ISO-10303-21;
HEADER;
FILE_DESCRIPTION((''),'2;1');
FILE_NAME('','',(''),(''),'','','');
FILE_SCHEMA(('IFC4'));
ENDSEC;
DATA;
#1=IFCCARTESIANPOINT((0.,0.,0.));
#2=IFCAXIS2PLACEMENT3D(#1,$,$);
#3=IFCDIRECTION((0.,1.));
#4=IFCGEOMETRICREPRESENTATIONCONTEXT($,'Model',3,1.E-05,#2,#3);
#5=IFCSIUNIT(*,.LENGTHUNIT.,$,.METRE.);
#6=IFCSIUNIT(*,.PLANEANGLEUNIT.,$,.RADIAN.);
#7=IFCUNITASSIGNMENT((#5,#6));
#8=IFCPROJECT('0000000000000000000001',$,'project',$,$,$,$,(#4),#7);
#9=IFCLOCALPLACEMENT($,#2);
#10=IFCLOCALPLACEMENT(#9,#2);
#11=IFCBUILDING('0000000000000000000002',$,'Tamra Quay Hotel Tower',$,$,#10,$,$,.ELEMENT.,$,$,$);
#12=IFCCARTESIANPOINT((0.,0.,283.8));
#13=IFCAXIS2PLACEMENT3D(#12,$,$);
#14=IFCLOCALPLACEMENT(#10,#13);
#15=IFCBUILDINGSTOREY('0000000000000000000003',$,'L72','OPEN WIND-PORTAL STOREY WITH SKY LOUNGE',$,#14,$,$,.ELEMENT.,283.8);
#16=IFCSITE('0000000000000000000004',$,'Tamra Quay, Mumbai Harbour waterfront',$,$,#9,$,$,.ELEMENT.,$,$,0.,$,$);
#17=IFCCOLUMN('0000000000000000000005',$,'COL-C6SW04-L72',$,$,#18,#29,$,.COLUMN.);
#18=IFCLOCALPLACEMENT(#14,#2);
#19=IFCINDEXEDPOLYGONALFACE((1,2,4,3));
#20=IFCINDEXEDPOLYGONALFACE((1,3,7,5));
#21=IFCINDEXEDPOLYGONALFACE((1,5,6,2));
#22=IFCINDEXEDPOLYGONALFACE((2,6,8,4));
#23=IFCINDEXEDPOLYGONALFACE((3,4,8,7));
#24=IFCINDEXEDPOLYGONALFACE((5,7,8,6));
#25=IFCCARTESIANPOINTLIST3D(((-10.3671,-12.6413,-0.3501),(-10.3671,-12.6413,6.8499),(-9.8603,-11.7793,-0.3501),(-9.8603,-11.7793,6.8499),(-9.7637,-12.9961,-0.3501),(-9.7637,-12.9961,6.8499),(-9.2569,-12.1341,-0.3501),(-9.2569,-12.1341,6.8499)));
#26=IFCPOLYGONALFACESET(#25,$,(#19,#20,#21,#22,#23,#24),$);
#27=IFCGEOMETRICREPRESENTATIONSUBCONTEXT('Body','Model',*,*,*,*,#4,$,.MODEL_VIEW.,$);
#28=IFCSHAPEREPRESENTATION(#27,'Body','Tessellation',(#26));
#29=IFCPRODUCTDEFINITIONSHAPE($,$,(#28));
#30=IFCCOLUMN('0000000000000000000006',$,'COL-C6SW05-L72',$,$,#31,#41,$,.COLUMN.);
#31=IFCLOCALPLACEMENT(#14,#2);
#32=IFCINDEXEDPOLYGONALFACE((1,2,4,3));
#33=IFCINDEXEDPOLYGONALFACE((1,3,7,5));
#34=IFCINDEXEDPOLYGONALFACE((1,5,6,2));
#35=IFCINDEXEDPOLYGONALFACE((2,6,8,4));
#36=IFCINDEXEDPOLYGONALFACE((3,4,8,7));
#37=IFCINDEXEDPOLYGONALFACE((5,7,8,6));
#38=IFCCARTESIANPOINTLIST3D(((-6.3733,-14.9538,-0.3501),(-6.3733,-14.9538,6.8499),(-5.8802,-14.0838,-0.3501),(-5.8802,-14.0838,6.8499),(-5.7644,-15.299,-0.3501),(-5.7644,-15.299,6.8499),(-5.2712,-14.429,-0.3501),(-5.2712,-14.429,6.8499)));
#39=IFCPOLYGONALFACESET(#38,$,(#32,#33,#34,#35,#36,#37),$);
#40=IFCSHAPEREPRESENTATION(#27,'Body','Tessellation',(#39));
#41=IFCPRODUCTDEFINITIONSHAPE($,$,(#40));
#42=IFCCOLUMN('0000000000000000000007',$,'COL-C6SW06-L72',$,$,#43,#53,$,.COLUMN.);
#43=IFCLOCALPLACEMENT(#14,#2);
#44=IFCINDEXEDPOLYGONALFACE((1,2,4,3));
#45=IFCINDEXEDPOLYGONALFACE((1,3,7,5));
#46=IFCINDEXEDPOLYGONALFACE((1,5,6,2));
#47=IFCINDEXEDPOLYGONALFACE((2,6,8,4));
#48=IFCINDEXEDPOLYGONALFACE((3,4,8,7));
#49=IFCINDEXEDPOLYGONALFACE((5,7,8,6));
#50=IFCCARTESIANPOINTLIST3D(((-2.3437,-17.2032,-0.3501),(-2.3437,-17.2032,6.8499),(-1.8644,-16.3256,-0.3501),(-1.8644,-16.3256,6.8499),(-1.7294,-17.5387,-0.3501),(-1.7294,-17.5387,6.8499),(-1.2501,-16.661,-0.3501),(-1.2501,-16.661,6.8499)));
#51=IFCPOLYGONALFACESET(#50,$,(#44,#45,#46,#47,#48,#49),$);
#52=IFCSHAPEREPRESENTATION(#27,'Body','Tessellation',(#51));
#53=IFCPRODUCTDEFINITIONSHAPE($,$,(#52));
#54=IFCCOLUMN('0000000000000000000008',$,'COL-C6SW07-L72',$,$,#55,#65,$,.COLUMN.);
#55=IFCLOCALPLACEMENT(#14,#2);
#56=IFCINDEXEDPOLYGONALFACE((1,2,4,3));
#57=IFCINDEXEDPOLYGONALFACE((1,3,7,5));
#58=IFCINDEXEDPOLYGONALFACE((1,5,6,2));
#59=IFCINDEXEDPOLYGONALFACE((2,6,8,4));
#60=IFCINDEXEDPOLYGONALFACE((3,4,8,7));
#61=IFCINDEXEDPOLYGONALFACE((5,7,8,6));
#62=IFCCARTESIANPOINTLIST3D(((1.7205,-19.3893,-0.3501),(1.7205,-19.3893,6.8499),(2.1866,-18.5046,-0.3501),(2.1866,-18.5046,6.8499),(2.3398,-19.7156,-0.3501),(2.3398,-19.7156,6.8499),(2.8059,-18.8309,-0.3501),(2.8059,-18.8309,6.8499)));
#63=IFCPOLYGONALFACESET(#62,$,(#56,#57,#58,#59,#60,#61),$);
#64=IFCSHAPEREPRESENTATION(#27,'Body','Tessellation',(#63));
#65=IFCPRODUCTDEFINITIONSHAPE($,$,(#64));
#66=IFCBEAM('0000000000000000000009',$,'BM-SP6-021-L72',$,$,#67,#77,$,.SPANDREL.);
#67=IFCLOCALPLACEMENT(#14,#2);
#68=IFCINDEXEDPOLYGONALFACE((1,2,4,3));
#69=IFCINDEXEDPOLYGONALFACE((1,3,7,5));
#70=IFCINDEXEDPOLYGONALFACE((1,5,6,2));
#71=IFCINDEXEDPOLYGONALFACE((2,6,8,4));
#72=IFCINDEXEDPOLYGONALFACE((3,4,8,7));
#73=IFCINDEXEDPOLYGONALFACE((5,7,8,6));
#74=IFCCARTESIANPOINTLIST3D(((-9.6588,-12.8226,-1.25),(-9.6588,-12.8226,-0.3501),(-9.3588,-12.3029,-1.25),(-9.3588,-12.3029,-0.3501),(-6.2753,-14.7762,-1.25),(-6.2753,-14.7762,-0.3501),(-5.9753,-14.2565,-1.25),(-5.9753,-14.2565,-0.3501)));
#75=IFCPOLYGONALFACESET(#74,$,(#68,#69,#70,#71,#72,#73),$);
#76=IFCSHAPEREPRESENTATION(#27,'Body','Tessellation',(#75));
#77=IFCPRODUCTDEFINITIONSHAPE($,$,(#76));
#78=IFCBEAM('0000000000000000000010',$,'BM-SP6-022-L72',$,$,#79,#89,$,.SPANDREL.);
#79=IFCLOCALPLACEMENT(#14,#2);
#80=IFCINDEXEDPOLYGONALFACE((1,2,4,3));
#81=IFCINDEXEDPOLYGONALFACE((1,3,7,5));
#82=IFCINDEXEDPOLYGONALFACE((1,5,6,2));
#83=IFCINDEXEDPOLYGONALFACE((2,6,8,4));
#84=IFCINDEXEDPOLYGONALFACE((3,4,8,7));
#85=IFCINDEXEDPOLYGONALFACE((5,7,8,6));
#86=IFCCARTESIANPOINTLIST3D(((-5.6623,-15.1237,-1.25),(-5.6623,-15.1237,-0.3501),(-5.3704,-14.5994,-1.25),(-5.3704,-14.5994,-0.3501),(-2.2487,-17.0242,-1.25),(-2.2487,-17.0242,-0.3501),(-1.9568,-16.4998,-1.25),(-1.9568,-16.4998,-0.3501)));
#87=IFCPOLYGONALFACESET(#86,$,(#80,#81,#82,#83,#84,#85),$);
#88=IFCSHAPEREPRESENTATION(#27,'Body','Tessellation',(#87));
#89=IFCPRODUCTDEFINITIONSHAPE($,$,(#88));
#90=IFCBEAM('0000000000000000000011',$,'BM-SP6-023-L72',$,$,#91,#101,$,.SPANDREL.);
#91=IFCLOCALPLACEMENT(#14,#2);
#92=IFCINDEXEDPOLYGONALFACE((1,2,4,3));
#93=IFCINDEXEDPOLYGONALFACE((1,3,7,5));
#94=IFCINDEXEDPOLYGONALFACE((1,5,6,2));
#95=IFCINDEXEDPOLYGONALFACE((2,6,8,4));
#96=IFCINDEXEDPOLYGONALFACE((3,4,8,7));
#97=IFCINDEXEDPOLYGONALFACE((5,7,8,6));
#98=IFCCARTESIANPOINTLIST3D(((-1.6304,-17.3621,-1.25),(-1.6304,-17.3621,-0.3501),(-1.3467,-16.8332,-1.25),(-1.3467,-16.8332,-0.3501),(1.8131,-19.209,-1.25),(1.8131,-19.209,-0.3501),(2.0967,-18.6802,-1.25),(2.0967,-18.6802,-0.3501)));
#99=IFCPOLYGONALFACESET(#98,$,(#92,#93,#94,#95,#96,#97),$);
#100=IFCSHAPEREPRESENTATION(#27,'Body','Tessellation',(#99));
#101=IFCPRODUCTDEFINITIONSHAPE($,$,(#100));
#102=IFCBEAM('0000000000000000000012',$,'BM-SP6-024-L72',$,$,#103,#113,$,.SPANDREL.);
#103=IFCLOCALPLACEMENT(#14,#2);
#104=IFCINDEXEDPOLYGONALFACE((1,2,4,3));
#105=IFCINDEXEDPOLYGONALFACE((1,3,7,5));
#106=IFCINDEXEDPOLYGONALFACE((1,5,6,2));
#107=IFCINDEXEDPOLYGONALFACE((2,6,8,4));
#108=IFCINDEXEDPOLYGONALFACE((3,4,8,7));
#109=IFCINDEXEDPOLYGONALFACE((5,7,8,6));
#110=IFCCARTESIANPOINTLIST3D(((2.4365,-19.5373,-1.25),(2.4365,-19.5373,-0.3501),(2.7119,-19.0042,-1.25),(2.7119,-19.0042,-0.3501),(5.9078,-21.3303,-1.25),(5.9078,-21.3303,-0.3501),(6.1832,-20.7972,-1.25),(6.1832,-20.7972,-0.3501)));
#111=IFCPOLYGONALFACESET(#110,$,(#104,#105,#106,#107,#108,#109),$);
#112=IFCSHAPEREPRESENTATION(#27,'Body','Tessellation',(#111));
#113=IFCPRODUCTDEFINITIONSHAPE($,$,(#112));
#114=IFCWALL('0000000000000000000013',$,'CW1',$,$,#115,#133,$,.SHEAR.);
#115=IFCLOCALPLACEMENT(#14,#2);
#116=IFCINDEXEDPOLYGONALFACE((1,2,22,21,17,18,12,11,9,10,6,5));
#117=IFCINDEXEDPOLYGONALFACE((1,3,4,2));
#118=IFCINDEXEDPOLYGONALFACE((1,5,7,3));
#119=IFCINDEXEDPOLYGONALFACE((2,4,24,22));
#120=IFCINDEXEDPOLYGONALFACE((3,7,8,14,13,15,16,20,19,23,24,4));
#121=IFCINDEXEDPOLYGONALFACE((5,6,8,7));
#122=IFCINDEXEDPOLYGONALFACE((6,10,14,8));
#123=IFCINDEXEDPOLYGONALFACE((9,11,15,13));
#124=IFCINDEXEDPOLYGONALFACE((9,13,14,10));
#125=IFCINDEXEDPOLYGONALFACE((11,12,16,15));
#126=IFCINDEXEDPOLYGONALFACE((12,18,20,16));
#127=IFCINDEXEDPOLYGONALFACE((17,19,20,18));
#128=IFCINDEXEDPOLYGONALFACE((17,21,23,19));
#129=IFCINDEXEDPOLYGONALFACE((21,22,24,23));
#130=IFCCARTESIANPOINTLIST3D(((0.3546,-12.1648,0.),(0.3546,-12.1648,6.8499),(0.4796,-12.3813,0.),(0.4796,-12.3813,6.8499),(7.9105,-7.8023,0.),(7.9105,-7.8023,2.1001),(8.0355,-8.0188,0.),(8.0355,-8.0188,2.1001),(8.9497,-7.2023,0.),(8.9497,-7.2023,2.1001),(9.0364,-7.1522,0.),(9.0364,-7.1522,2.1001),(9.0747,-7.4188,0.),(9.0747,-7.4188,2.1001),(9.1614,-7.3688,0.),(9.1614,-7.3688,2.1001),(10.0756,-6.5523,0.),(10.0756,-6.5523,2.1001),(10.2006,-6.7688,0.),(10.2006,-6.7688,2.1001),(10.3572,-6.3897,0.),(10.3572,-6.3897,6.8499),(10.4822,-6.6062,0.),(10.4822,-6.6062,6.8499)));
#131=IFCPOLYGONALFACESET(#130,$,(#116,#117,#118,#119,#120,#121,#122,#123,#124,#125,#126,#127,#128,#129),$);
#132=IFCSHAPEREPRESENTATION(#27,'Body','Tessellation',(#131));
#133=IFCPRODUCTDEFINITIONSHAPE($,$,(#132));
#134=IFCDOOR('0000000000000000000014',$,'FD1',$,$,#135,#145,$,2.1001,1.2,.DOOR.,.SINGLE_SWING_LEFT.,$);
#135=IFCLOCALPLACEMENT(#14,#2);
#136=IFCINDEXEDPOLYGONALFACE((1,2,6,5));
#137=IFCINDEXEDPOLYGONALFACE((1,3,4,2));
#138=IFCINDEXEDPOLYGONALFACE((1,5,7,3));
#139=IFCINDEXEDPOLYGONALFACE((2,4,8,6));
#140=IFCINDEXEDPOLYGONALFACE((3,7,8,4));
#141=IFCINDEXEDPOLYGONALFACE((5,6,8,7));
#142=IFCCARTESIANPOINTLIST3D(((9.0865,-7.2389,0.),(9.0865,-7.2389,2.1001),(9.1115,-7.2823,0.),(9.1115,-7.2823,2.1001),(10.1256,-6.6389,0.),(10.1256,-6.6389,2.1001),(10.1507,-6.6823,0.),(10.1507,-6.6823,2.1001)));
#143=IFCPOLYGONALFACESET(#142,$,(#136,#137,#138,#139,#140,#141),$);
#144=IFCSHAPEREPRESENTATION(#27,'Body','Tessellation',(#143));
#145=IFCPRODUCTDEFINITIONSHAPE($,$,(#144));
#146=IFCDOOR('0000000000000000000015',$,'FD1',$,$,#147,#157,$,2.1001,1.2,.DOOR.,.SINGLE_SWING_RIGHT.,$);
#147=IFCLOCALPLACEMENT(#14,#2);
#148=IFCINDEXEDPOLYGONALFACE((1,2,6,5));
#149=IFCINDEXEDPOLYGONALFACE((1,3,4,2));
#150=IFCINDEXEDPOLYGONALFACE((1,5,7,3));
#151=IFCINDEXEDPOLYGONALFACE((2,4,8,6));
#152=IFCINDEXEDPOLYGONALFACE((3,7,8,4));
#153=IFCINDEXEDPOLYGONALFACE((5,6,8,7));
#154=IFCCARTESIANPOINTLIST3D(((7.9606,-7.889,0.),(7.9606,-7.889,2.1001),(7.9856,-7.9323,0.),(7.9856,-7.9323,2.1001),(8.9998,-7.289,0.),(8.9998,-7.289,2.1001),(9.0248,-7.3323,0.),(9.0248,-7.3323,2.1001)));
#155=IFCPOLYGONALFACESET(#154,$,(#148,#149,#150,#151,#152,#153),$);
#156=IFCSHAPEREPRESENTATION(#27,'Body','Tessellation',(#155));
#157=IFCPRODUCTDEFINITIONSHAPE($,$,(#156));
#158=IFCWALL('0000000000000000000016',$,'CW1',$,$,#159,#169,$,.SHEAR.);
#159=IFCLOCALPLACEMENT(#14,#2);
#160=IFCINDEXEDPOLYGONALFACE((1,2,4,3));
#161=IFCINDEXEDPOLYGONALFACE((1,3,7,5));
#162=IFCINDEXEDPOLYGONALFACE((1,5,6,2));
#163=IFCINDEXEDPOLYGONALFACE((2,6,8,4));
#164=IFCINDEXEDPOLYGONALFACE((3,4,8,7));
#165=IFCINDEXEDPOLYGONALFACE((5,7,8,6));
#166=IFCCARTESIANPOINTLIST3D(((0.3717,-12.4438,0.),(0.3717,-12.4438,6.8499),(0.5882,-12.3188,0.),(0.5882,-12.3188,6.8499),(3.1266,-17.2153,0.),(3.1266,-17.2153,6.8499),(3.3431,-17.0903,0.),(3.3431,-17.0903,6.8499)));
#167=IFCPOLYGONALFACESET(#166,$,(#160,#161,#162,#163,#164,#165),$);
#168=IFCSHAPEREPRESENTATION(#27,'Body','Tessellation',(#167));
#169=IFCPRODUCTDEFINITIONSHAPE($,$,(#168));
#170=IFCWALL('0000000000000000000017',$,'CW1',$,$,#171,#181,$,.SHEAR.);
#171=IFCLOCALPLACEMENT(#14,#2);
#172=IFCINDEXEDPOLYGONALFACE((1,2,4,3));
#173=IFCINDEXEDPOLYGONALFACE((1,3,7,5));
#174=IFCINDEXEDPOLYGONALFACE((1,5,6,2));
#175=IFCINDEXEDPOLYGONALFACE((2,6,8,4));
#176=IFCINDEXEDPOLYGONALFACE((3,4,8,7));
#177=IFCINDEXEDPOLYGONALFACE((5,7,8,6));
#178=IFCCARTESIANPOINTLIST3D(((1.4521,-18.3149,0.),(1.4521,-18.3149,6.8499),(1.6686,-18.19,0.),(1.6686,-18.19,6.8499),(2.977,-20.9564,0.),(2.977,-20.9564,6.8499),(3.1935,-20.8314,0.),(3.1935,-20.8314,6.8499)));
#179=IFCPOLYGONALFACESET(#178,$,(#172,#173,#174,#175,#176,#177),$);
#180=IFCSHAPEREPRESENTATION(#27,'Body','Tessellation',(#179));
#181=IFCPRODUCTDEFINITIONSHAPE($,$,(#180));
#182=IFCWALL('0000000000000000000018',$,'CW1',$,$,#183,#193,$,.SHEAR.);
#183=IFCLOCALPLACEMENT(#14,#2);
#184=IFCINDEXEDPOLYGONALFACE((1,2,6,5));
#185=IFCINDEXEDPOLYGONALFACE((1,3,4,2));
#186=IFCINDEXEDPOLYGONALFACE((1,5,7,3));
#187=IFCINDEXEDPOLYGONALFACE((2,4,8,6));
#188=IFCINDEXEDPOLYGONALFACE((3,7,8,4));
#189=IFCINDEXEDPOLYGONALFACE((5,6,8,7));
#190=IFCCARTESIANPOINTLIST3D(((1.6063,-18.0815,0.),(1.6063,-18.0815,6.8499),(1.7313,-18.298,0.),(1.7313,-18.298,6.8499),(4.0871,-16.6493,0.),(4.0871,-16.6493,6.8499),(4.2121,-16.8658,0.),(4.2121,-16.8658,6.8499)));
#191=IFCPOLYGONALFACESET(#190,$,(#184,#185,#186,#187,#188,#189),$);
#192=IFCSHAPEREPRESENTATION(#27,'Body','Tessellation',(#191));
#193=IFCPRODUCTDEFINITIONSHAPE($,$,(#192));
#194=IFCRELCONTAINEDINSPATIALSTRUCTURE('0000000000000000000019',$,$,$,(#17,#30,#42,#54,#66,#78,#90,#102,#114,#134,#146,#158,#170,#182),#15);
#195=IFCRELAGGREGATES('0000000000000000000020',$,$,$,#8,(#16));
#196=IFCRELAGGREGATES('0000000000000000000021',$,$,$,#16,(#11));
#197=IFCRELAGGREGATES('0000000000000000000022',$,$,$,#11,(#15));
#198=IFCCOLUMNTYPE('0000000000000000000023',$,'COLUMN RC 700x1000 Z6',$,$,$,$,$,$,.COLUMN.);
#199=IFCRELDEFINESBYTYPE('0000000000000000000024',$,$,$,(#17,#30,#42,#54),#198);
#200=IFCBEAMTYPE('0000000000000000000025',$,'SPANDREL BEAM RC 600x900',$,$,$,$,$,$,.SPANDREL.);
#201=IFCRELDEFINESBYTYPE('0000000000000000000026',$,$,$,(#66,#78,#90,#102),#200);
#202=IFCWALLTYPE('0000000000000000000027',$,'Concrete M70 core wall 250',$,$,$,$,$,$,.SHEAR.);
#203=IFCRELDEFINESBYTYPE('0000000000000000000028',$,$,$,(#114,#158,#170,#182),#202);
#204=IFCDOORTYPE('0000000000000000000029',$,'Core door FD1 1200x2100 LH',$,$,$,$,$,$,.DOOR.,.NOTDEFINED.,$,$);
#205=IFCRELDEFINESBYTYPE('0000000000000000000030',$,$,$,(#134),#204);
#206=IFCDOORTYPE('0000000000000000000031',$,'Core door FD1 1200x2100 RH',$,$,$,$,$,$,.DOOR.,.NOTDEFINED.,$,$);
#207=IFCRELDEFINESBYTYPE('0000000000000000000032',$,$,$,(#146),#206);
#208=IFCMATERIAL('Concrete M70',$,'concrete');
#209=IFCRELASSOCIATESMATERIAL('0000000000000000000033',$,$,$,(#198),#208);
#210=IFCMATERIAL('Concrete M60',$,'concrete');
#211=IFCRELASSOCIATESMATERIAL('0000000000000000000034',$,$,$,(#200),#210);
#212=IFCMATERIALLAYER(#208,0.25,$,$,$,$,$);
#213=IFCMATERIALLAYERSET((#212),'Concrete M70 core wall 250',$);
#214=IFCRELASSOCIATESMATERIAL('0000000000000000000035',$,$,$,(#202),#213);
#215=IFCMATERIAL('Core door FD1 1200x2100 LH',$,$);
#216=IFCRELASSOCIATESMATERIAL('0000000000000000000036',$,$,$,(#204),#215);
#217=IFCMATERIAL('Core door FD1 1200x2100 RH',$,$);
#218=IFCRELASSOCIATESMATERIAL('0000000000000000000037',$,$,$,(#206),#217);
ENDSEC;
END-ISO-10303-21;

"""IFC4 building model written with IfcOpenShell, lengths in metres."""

from ifc_helpers import new_model, si_unit, direction, frame, frame_2d, origin, origin_2d, place, context, subcontext, project, spatial, rectangle, extrude, material, layer, layer_set, material_profile, profile_set, type_object, element, fill, save


model = new_model("IFC4")

# Units and contexts
model_context = context("Model", 3, precision=1e-05, world=origin(), true_north=direction((0.0, 1.0)))
body_context = subcontext(model_context, "Body", "Model", "MODEL_VIEW")
ifc_project = project(units=[si_unit("LENGTHUNIT", "METRE"), si_unit("PLANEANGLEUNIT", "RADIAN")], contexts=[model_context])

# Site, building, storey
site_placement = place(None, origin())
site = spatial("IfcSite", under=ifc_project, at=site_placement, Name="Tamra Quay, Mumbai Harbour waterfront", CompositionType="ELEMENT", RefElevation=0.0)
building_placement = place(site_placement, origin())
building = spatial("IfcBuilding", under=site, at=building_placement, Name="Tamra Quay Hotel Tower", CompositionType="ELEMENT")
storey_placement = place(building_placement, frame((0.0, 0.0, 283.8)))
storey = spatial("IfcBuildingStorey", under=building, at=storey_placement, Name="L72", Description="OPEN WIND-PORTAL STOREY WITH SKY LOUNGE", CompositionType="ELEMENT", Elevation=283.8)

# Columns
ifc_material_1 = material(Name="Concrete M70", Category="concrete")
ifc_material_profile_1 = material_profile(ifc_material_1, rectangle(XDim=1.0, YDim=0.7, at=origin_2d()), Name="COLUMN RC 700x1000 Z6")
ifc_profile_set_1 = profile_set([ifc_material_profile_1], Name="Concrete M70")
column_type = type_object("IfcColumnType", Name="COLUMN RC 700x1000 Z6", PredefinedType="COLUMN", material=ifc_profile_set_1)
for number, where, z_axis, x_axis, name in (
    (1, (-9.812, -12.3877, -0.3501), (0.0, 0.0, 1.0), (0.506843, 0.862038, 0.0), "COL-C6SW04-L72"),
    (2, (-5.8223, -14.6914, -0.3501), (0.0, 0.0, 1.0), (0.493125, 0.869958, 0.0), "COL-C6SW05-L72"),
    (3, (-1.7969, -16.9321, -0.3501), (0.0, 0.0, 1.0), (0.479288, 0.877658, 0.0), "COL-C6SW06-L72"),
    (4, (2.2632, -19.1101, -0.3501), (0.0, 0.0, 1.0), (0.466118, 0.884723, 0.0), "COL-C6SW07-L72"),
):
    element("IfcColumn", number, at=place(storey_placement, frame(where, z_axis=z_axis, x_axis=x_axis)), inside=storey, type_object=column_type, Name=name, PredefinedType="COLUMN", context=body_context, shape_type="SweptSolid", body=[
        extrude(rectangle(XDim=1.0, YDim=0.7, at=origin_2d()), origin(), (0.0, 0.0, 1.0), 7.2),
    ])

# Beams
ifc_material_2 = material(Name="Concrete M60", Category="concrete")
ifc_material_profile_2 = material_profile(ifc_material_2, rectangle(XDim=0.6001, YDim=0.8999, at=origin_2d()), Name="SPANDREL BEAM RC 600x900")
ifc_profile_set_2 = profile_set([ifc_material_profile_2], Name="Concrete M60")
beam_type = type_object("IfcBeamType", Name="SPANDREL BEAM RC 600x900", PredefinedType="SPANDREL", material=ifc_profile_set_2)
for number, where, z_axis, x_axis, name in (
    (5, (-9.5088, -12.5627, -0.8), (0.866012, -0.500024, 0.0), (0.500024, 0.866012, 0.0), "BM-SP6-021-L72"),
    (6, (-5.5164, -14.8616, -0.8), (0.873727, -0.486417, 0.0), (0.486417, 0.873727, 0.0), "BM-SP6-022-L72"),
):
    element("IfcBeam", number, at=place(storey_placement, frame(where, z_axis=z_axis, x_axis=x_axis)), inside=storey, type_object=beam_type, Name=name, PredefinedType="SPANDREL", context=body_context, shape_type="SweptSolid", body=[
        extrude(rectangle(XDim=0.6001, YDim=0.8999, at=origin_2d()), origin(), (0.0, 0.0, 1.0), 3.907),
    ])
beam_1_placement = place(storey_placement, frame((-1.4885, -17.0977, -0.8), z_axis=(0.881238, -0.472672, 0.0), x_axis=(0.472672, 0.881238, 0.0)))
element("IfcBeam", 7, at=beam_1_placement, inside=storey, type_object=beam_type, Name="BM-SP6-023-L72", PredefinedType="SPANDREL", context=body_context, shape_type="SweptSolid", body=[
    extrude(rectangle(XDim=0.6001, YDim=0.8999, at=origin_2d()), origin(), (0.0, 0.0, 1.0), 3.9075),
])
beam_2_placement = place(storey_placement, frame((2.5742, -19.2708, -0.8), z_axis=(0.888476, -0.458923, 0.0), x_axis=(0.458923, 0.888476, 0.0)))
element("IfcBeam", 8, at=beam_2_placement, inside=storey, type_object=beam_type, Name="BM-SP6-024-L72", PredefinedType="SPANDREL", context=body_context, shape_type="SweptSolid", body=[
    extrude(rectangle(XDim=0.6001, YDim=0.8999, at=origin_2d()), origin(), (0.0, 0.0, 1.0), 3.907),
])

# Wall, openings, doors
ifc_layer_1 = layer(ifc_material_1, 0.25)
ifc_layer_set_1 = layer_set([ifc_layer_1], Name="Concrete M70 core wall 250")
wall_type_1 = type_object("IfcWallType", Name="Concrete M70 core wall 250", PredefinedType="SHEAR", material=ifc_layer_set_1)
wall_1_placement = place(storey_placement, frame((0.4172, -12.2729, 0.0), z_axis=(0.0, 0.0, 1.0), x_axis=(0.866022, 0.500006, 0.0)))
wall_1 = element("IfcWall", 9, at=wall_1_placement, inside=storey, type_object=wall_type_1, Name="CW1", PredefinedType="SHEAR", context=body_context, shape_type="SweptSolid", body=[
    extrude(rectangle(XDim=11.55, YDim=0.25, at=frame_2d((5.7749, 0.0))), origin(), (0.0, 0.0, 1.0), 6.8499),
])
opening_1_placement = place(wall_1_placement, frame((10.0247, 0.0, 0.0)))
opening_1 = element("IfcOpeningElement", 10, at=opening_1_placement, cuts=wall_1, PredefinedType="OPENING", context=body_context, shape_type="SweptSolid", body=[
    extrude(rectangle(XDim=1.2, YDim=2.1001, at=frame_2d((0.6001, 1.05))), frame((0.0, 0.135, 0.0), z_axis=(0.0, -1.0, 0.0), x_axis=(1.0, 0.0, 0.0)), (0.0, 0.0, 1.0), 0.27),
])
opening_2_placement = place(wall_1_placement, frame((8.7246, 0.0, 0.0)))
opening_2 = element("IfcOpeningElement", 11, at=opening_2_placement, cuts=wall_1, PredefinedType="OPENING", context=body_context, shape_type="SweptSolid", body=[
    extrude(rectangle(XDim=1.2, YDim=2.1001, at=frame_2d((0.6001, 1.05))), frame((0.0, 0.135, 0.0), z_axis=(0.0, -1.0, 0.0), x_axis=(1.0, 0.0, 0.0)), (0.0, 0.0, 1.0), 0.27),
])
ifc_material_3 = material(Name="Core door FD1 1200x2100 LH")
door_type_1 = type_object("IfcDoorType", Name="Core door FD1 1200x2100 LH", OperationType="NOTDEFINED", PredefinedType="DOOR", material=ifc_material_3)
door_1_placement = place(opening_1_placement, origin())
door_1 = element("IfcDoor", 12, at=door_1_placement, inside=storey, type_object=door_type_1, Name="FD1", OperationType="SINGLE_SWING_LEFT", OverallHeight=2.1001, OverallWidth=1.2, PredefinedType="DOOR", context=body_context, shape_type="SweptSolid", body=[
    extrude(rectangle(XDim=1.2, YDim=2.1001, at=frame_2d((0.6001, 1.05))), frame((0.0, 0.0249, 0.0), z_axis=(0.0, -1.0, 0.0), x_axis=(1.0, 0.0, 0.0)), (0.0, 0.0, 1.0), 0.05),
])
fill(opening_1, door_1)
ifc_material_4 = material(Name="Core door FD1 1200x2100 RH")
door_type_2 = type_object("IfcDoorType", Name="Core door FD1 1200x2100 RH", OperationType="NOTDEFINED", PredefinedType="DOOR", material=ifc_material_4)
door_2_placement = place(opening_2_placement, origin())
door_2 = element("IfcDoor", 13, at=door_2_placement, inside=storey, type_object=door_type_2, Name="FD1", OperationType="SINGLE_SWING_RIGHT", OverallHeight=2.1001, OverallWidth=1.2, PredefinedType="DOOR", context=body_context, shape_type="SweptSolid", body=[
    extrude(rectangle(XDim=1.2, YDim=2.1001, at=frame_2d((0.6001, 1.05))), frame((0.0, 0.0249, 0.0), z_axis=(0.0, -1.0, 0.0), x_axis=(1.0, 0.0, 0.0)), (0.0, 0.0, 1.0), 0.05),
])
fill(opening_2, door_2)

# Walls
wall_2_placement = place(storey_placement, frame((3.2349, -17.1528, 0.0), z_axis=(0.0, 0.0, 1.0), x_axis=(-0.500009, 0.86602, 0.0)))
element("IfcWall", 14, at=wall_2_placement, inside=storey, type_object=wall_type_1, Name="CW1", PredefinedType="SHEAR", context=body_context, shape_type="SweptSolid", body=[
    extrude(rectangle(XDim=5.5098, YDim=0.25, at=frame_2d((2.7549, 0.0))), origin(), (0.0, 0.0, 1.0), 6.8499),
])
wall_3_placement = place(storey_placement, frame((3.0852, -20.8938, 0.0), z_axis=(0.0, 0.0, 1.0), x_axis=(-0.499979, 0.866038, 0.0)))
element("IfcWall", 15, at=wall_3_placement, inside=storey, type_object=wall_type_1, Name="CW1", PredefinedType="SHEAR", context=body_context, shape_type="SweptSolid", body=[
    extrude(rectangle(XDim=3.05, YDim=0.25, at=frame_2d((1.5249, 0.0))), origin(), (0.0, 0.0, 1.0), 6.8499),
])
wall_4_placement = place(storey_placement, frame((1.6689, -18.1897, 0.0), z_axis=(0.0, 0.0, 1.0), x_axis=(0.866042, 0.499971, 0.0)))
element("IfcWall", 16, at=wall_4_placement, inside=storey, type_object=wall_type_1, Name="CW1", PredefinedType="SHEAR", context=body_context, shape_type="SweptSolid", body=[
    extrude(rectangle(XDim=2.8645, YDim=0.25, at=frame_2d((1.4321, 0.0))), origin(), (0.0, 0.0, 1.0), 6.8499),
])

save(model, "model.ifc")
